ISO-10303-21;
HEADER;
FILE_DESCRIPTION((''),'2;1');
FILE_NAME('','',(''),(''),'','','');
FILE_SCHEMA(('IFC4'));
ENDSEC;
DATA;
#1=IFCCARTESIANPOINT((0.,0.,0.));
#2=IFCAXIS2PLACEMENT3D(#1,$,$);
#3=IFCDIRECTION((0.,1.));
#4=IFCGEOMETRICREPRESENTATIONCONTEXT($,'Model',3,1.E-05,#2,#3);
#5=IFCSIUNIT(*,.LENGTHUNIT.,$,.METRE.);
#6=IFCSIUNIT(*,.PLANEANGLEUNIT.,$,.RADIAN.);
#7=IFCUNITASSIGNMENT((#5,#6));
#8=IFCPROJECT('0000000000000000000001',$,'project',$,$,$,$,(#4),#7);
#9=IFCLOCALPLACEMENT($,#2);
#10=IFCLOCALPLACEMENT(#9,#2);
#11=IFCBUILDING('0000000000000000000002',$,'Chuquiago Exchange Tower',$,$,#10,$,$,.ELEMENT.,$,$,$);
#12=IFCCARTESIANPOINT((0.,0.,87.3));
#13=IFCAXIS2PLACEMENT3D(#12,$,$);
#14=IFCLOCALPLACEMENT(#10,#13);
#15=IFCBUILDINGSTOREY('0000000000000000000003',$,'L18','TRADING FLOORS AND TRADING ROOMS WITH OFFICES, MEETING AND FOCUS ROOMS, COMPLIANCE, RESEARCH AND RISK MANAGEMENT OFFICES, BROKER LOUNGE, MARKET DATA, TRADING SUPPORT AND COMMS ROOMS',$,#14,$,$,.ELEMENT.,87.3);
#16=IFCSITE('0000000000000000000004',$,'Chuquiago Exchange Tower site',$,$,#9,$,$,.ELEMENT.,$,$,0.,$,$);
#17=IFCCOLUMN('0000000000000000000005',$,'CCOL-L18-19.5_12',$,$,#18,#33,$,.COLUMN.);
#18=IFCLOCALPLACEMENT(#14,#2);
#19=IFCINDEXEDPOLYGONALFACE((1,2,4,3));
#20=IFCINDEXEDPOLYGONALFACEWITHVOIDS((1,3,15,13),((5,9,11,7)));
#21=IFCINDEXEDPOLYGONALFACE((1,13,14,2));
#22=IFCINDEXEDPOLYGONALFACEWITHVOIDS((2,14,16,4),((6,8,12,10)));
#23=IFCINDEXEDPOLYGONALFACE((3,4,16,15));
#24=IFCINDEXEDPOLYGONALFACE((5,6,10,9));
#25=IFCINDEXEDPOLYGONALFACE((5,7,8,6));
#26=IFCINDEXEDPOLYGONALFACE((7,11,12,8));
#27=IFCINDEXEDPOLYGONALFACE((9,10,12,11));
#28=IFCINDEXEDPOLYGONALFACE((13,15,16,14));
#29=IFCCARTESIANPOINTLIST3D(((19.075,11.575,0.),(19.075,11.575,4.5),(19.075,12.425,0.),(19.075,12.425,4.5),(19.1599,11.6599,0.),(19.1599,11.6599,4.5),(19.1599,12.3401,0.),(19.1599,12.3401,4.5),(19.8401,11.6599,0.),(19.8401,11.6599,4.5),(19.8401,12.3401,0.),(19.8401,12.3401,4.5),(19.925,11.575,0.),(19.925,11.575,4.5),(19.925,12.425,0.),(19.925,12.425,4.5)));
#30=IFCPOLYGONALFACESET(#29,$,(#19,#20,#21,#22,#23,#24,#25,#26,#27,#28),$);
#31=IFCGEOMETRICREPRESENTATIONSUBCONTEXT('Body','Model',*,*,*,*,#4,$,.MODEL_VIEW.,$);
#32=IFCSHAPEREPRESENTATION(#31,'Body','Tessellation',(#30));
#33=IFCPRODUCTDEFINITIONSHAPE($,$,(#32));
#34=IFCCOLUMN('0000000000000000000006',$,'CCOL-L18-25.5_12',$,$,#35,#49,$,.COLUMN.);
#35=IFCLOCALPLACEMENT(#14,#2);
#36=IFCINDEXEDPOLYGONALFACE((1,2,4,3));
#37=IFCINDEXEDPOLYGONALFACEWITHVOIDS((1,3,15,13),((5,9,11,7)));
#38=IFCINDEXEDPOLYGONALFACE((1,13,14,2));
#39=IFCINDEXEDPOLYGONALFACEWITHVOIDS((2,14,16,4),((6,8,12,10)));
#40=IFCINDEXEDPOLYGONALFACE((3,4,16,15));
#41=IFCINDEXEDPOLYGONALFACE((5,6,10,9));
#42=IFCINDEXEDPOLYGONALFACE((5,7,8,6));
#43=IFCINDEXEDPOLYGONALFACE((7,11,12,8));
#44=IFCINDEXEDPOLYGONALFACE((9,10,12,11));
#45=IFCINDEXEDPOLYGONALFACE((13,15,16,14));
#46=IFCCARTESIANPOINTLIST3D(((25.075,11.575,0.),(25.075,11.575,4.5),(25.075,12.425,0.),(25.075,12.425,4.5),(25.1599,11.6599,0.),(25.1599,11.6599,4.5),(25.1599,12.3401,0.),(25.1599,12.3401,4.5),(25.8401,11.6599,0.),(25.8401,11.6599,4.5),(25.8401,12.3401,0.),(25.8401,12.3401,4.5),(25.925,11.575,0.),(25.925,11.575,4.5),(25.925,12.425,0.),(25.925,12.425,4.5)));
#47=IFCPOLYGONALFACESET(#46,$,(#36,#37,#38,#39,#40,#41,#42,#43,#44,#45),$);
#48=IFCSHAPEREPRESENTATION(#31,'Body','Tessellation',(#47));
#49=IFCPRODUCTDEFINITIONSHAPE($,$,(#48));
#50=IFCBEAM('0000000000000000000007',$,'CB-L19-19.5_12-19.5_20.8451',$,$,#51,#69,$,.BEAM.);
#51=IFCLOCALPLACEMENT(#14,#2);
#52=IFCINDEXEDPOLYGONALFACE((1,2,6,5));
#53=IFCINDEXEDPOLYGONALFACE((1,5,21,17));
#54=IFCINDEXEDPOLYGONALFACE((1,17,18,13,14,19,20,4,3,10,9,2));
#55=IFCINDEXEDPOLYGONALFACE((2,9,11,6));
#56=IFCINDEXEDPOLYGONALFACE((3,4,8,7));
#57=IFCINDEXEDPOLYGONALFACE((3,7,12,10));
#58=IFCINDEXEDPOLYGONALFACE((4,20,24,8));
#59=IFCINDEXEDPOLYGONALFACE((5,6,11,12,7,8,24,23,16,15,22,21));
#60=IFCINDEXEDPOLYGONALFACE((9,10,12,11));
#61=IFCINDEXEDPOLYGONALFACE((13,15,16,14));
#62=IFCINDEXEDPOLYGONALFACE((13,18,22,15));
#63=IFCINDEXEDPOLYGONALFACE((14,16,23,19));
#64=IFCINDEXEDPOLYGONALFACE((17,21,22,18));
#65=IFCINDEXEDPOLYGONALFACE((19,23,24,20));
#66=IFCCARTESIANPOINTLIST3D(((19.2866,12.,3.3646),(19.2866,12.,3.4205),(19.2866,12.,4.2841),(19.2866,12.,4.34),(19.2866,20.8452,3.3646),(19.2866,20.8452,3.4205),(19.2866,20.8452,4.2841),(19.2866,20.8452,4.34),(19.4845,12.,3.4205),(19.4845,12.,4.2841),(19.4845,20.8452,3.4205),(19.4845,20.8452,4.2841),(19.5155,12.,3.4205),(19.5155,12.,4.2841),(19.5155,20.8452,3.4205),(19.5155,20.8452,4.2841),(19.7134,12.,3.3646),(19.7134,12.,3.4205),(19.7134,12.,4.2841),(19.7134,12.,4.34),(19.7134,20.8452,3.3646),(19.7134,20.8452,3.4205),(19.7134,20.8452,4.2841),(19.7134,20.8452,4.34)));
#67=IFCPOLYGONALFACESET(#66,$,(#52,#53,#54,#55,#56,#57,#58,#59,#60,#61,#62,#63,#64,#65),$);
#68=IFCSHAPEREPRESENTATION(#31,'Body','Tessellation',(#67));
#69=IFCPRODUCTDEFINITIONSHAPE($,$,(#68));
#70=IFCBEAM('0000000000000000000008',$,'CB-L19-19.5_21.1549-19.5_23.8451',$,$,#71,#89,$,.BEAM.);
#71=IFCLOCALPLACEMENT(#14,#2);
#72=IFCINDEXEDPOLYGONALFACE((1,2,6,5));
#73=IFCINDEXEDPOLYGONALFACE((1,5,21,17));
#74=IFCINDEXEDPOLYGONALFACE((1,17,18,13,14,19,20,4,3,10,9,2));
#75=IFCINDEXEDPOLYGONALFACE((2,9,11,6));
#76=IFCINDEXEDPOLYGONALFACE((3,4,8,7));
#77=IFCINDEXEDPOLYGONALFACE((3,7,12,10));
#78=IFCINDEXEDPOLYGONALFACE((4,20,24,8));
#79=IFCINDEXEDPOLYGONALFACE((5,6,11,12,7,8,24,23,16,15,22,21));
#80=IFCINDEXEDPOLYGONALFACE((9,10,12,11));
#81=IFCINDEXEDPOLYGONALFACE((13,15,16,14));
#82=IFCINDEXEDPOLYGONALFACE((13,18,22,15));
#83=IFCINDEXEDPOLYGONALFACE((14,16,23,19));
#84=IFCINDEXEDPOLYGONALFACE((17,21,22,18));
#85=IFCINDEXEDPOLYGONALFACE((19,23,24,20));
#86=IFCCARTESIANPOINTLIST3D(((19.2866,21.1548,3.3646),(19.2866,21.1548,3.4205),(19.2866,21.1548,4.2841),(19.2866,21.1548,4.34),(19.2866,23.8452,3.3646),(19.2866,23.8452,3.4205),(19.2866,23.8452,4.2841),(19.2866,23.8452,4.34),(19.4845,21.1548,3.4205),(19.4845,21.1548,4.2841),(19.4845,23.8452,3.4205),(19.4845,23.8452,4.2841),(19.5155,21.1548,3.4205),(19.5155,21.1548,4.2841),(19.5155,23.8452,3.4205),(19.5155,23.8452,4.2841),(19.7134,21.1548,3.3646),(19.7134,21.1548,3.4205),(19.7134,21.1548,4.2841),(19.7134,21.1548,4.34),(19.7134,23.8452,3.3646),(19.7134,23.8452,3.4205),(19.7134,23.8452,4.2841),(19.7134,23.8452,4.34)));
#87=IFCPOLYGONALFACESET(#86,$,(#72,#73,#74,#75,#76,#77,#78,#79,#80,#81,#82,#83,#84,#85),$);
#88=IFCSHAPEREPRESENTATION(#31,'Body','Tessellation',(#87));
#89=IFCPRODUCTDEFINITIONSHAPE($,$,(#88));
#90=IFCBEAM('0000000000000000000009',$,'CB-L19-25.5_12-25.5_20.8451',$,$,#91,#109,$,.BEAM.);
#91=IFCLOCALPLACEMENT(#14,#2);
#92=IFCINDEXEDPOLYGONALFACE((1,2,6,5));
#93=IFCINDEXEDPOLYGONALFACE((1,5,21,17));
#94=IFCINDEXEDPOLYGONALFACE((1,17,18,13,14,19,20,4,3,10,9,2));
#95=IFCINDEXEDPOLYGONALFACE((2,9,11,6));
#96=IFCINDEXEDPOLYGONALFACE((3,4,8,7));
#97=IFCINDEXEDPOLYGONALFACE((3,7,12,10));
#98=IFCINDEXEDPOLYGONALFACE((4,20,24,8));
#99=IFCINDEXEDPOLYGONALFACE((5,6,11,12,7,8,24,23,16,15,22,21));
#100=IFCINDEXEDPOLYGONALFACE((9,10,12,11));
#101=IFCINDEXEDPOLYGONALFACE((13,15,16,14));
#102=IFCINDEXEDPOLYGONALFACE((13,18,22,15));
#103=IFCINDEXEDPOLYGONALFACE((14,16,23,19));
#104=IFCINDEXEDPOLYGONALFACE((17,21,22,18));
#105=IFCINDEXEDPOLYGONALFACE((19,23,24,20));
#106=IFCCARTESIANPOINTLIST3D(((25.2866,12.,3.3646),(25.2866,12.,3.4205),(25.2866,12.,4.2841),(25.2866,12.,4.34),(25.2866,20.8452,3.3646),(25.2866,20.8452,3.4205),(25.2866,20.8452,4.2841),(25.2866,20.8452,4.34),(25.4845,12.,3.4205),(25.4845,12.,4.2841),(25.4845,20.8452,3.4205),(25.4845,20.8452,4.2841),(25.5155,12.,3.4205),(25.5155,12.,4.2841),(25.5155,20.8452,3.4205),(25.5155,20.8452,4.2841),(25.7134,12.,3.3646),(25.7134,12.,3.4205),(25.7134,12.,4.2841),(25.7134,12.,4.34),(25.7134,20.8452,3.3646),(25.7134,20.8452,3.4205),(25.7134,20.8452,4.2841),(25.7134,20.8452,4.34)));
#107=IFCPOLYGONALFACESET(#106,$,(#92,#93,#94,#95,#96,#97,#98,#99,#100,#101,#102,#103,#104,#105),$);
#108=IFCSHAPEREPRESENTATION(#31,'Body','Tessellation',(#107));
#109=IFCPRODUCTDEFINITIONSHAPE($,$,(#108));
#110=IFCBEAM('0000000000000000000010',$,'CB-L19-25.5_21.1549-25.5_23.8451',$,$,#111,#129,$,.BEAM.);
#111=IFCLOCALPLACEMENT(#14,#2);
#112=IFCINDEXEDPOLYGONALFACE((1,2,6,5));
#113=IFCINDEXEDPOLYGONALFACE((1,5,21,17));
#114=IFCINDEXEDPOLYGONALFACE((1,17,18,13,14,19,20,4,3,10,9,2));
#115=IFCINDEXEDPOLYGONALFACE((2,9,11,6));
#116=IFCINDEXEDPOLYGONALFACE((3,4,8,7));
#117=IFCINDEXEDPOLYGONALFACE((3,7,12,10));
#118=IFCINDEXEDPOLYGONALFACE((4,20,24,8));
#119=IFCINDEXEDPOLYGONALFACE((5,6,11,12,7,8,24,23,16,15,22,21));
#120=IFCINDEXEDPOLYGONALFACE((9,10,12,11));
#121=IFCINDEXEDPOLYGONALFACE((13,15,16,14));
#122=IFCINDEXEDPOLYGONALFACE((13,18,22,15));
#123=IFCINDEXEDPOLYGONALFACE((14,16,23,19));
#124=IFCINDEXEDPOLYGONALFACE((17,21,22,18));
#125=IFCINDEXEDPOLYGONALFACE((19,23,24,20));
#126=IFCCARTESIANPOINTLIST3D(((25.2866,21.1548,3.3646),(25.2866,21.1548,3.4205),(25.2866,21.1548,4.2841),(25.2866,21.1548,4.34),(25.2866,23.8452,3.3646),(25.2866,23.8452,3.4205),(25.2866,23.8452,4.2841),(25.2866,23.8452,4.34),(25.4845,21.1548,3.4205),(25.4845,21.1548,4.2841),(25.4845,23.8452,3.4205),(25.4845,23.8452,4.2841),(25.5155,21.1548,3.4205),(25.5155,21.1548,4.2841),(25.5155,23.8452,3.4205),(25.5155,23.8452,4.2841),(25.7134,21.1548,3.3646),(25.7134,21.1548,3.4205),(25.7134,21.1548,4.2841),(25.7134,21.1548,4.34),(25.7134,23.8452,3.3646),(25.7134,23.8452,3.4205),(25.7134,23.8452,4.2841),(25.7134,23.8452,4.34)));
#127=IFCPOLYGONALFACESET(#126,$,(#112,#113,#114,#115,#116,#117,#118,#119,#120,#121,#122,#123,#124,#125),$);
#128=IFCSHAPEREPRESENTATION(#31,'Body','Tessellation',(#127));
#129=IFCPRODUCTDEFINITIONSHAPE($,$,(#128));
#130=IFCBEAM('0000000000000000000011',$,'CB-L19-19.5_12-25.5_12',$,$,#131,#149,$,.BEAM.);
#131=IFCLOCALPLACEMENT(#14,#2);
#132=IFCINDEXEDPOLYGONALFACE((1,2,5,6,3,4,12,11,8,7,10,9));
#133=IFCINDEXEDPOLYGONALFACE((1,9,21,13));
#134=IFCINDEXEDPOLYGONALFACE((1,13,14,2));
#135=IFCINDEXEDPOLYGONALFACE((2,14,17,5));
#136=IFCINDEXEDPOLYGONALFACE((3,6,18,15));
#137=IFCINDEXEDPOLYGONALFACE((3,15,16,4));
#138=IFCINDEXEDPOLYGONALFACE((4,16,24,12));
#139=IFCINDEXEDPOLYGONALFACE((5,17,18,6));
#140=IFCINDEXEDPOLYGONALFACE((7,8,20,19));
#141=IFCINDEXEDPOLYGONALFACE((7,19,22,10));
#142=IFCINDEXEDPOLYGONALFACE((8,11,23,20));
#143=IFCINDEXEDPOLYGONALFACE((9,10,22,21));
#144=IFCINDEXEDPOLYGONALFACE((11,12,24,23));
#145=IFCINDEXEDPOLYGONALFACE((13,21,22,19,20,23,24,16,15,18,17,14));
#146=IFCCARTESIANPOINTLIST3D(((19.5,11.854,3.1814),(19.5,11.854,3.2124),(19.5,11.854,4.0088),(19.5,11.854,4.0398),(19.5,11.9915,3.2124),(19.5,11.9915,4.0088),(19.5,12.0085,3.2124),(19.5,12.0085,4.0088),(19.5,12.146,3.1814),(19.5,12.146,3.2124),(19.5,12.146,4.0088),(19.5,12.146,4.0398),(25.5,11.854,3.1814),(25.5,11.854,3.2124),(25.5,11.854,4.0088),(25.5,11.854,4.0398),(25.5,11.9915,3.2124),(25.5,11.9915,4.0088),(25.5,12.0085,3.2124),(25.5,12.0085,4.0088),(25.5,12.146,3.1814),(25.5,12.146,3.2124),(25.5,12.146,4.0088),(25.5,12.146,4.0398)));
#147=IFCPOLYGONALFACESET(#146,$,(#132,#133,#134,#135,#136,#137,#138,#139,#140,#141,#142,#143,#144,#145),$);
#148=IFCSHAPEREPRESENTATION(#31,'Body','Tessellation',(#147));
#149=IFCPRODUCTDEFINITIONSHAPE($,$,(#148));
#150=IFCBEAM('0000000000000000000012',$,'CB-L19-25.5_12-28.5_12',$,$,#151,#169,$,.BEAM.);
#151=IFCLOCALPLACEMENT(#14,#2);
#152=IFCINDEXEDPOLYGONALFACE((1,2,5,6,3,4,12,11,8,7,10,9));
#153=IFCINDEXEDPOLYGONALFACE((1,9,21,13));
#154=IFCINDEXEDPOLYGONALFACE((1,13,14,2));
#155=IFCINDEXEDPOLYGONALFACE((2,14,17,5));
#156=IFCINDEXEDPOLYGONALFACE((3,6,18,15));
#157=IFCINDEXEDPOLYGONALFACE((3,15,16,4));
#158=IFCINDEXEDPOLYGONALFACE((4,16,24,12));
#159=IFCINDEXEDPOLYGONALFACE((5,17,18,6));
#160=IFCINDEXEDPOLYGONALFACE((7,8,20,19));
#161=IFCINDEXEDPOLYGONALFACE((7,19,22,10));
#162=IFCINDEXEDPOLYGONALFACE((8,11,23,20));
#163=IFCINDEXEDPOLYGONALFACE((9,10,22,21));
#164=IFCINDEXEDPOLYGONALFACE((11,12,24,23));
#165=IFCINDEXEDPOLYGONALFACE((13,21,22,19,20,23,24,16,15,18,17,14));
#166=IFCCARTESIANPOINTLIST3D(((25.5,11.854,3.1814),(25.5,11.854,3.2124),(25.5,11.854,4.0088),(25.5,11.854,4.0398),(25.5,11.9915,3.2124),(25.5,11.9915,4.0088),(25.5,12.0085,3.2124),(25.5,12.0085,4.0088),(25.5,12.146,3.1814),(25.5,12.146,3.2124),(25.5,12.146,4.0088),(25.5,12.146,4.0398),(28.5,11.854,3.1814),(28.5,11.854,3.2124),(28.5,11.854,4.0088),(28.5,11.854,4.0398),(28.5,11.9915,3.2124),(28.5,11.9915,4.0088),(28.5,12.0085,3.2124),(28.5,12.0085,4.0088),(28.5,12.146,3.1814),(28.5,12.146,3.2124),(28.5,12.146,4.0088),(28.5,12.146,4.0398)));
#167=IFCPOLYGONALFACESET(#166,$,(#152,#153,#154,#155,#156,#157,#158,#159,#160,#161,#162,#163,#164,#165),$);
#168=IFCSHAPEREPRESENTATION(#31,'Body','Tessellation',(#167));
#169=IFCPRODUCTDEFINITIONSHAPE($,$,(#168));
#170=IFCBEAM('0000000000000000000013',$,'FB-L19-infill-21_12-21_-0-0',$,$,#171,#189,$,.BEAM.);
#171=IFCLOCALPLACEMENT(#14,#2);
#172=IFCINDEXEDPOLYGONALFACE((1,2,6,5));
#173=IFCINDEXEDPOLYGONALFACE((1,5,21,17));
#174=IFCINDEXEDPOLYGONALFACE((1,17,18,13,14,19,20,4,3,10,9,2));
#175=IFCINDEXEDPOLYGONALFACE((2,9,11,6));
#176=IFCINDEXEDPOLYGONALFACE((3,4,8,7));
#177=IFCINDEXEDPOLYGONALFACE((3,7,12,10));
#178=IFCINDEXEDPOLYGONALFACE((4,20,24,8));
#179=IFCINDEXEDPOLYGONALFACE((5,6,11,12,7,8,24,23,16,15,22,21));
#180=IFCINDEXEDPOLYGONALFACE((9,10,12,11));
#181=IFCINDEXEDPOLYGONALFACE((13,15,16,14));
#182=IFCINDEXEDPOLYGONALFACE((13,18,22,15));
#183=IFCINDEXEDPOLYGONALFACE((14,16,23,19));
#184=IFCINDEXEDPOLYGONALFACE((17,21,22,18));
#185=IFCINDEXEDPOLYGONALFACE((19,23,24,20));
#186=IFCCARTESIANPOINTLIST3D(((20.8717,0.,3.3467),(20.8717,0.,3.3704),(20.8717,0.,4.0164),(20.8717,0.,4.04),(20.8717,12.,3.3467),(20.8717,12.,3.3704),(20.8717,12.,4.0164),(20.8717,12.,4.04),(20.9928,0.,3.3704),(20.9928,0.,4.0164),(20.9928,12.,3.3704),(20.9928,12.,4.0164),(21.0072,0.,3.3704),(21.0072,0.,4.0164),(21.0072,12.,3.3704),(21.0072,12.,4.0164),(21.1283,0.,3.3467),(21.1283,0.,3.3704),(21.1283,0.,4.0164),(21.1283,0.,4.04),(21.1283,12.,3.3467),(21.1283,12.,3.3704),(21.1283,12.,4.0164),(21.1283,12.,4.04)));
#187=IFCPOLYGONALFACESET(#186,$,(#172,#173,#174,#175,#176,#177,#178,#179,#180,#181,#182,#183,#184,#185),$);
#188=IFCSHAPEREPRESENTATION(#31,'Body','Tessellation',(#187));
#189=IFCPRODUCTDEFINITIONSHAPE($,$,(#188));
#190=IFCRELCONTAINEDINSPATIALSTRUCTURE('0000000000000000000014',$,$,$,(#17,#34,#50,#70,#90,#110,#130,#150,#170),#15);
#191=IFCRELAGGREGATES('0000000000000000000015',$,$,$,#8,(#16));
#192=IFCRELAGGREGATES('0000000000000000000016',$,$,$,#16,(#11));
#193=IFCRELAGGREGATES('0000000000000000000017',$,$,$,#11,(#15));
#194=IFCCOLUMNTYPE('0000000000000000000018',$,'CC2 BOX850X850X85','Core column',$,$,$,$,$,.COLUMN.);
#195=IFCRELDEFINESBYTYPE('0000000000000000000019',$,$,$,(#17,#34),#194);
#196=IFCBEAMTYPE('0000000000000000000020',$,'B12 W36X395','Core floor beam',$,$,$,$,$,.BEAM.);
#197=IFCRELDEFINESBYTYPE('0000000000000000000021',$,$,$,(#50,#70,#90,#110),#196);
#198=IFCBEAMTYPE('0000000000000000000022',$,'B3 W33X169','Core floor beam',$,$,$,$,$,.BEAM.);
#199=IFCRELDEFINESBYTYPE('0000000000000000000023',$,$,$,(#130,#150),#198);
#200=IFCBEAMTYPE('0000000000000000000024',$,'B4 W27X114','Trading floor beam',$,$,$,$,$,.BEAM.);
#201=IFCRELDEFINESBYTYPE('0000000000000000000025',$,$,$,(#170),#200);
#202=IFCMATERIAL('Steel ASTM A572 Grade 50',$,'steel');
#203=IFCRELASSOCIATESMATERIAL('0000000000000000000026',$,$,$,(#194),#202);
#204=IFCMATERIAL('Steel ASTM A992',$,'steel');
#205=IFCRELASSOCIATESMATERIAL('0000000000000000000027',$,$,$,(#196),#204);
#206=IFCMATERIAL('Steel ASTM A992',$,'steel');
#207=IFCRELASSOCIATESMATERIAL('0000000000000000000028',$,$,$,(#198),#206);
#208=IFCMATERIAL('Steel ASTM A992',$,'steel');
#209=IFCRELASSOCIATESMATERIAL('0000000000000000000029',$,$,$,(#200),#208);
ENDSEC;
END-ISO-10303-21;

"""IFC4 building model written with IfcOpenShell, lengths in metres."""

from ifc_helpers import new_model, si_unit, direction, frame, origin, origin_2d, place, context, subcontext, project, spatial, hollow_rectangle, i_section, extrude, material, material_profile, profile_set, type_object, element, save


model = new_model("IFC4")

# Units and contexts
model_context = context("Model", 3, precision=1e-05, world=origin(), true_north=direction((0.0, 1.0)))
body_context = subcontext(model_context, "Body", "Model", "MODEL_VIEW")
ifc_project = project(units=[si_unit("LENGTHUNIT", "METRE"), si_unit("PLANEANGLEUNIT", "RADIAN")], contexts=[model_context])

# Site, building, storey
site_placement = place(None, origin())
site = spatial("IfcSite", under=ifc_project, at=site_placement, Name="Chuquiago Exchange Tower site", CompositionType="ELEMENT", RefElevation=0.0)
building_placement = place(site_placement, origin())
building = spatial("IfcBuilding", under=site, at=building_placement, Name="Chuquiago Exchange Tower", CompositionType="ELEMENT")
storey_placement = place(building_placement, frame((0.0, 0.0, 87.3)))
storey = spatial("IfcBuildingStorey", under=building, at=storey_placement, Name="L18", Description="TRADING FLOORS AND TRADING ROOMS WITH OFFICES, MEETING AND FOCUS ROOMS, COMPLIANCE, RESEARCH AND RISK MANAGEMENT OFFICES, BROKER LOUNGE, MARKET DATA, TRADING SUPPORT AND COMMS ROOMS", CompositionType="ELEMENT", Elevation=87.3)

# Columns
ifc_material_1 = material(Name="Steel ASTM A572 Grade 50", Category="steel")
ifc_material_profile_1 = material_profile(ifc_material_1, hollow_rectangle(XDim=0.8501, YDim=0.8501, WallThickness=0.085, at=origin_2d()), Name="BOX850X850X85")
ifc_profile_set_1 = profile_set([ifc_material_profile_1], Name="Steel ASTM A572 Grade 50")
column_type = type_object("IfcColumnType", Name="CC2 BOX850X850X85", Description="Core column", PredefinedType="COLUMN", material=ifc_profile_set_1)
for number, where, z_axis, x_axis, name in (
    (1, (19.5, 12.0, 0.0), (0.0, 0.0, 1.0), (1.0, 0.0, 0.0), "CCOL-L18-19.5_12"),
    (2, (25.5, 12.0, 0.0), (0.0, 0.0, 1.0), (1.0, 0.0, 0.0), "CCOL-L18-25.5_12"),
):
    element("IfcColumn", number, at=place(storey_placement, frame(where, z_axis=z_axis, x_axis=x_axis)), inside=storey, type_object=column_type, Name=name, PredefinedType="COLUMN", context=body_context, shape_type="SweptSolid", body=[
        extrude(hollow_rectangle(XDim=0.8501, YDim=0.8501, WallThickness=0.085, at=origin_2d()), origin(), (0.0, 0.0, 1.0), 4.5),
    ])

# Beams
ifc_material_2 = material(Name="Steel ASTM A992", Category="steel")
ifc_material_profile_2 = material_profile(ifc_material_2, i_section(OverallWidth=0.4268, OverallDepth=0.9753, WebThickness=0.031, FlangeThickness=0.0559, at=origin_2d()), Name="W36X395")
ifc_profile_set_2 = profile_set([ifc_material_profile_2], Name="Steel ASTM A992")
beam_type_1 = type_object("IfcBeamType", Name="B12 W36X395", Description="Core floor beam", PredefinedType="BEAM", material=ifc_profile_set_2)
beam_1_placement = place(storey_placement, frame((19.5, 12.0, 3.8523), z_axis=(0.0, 1.0, 0.0), x_axis=(-1.0, 0.0, 0.0)))
element("IfcBeam", 3, at=beam_1_placement, inside=storey, type_object=beam_type_1, Name="CB-L19-19.5_12-19.5_20.8451", PredefinedType="BEAM", context=body_context, shape_type="SweptSolid", body=[
    extrude(i_section(OverallWidth=0.4268, OverallDepth=0.9753, WebThickness=0.031, FlangeThickness=0.0559, at=origin_2d()), origin(), (0.0, 0.0, 1.0), 8.8452),
])
beam_2_placement = place(storey_placement, frame((19.5, 21.1548, 3.8523), z_axis=(0.0, 1.0, 0.0), x_axis=(-1.0, 0.0, 0.0)))
element("IfcBeam", 4, at=beam_2_placement, inside=storey, type_object=beam_type_1, Name="CB-L19-19.5_21.1549-19.5_23.8451", PredefinedType="BEAM", context=body_context, shape_type="SweptSolid", body=[
    extrude(i_section(OverallWidth=0.4268, OverallDepth=0.9753, WebThickness=0.031, FlangeThickness=0.0559, at=origin_2d()), origin(), (0.0, 0.0, 1.0), 2.6904),
])
beam_3_placement = place(storey_placement, frame((25.5, 12.0, 3.8523), z_axis=(0.0, 1.0, 0.0), x_axis=(-1.0, 0.0, 0.0)))
element("IfcBeam", 5, at=beam_3_placement, inside=storey, type_object=beam_type_1, Name="CB-L19-25.5_12-25.5_20.8451", PredefinedType="BEAM", context=body_context, shape_type="SweptSolid", body=[
    extrude(i_section(OverallWidth=0.4268, OverallDepth=0.9753, WebThickness=0.031, FlangeThickness=0.0559, at=origin_2d()), origin(), (0.0, 0.0, 1.0), 8.8452),
])
beam_4_placement = place(storey_placement, frame((25.5, 21.1548, 3.8523), z_axis=(0.0, 1.0, 0.0), x_axis=(-1.0, 0.0, 0.0)))
element("IfcBeam", 6, at=beam_4_placement, inside=storey, type_object=beam_type_1, Name="CB-L19-25.5_21.1549-25.5_23.8451", PredefinedType="BEAM", context=body_context, shape_type="SweptSolid", body=[
    extrude(i_section(OverallWidth=0.4268, OverallDepth=0.9753, WebThickness=0.031, FlangeThickness=0.0559, at=origin_2d()), origin(), (0.0, 0.0, 1.0), 2.6904),
])
ifc_material_3 = material(Name="Steel ASTM A992", Category="steel")
ifc_material_profile_3 = material_profile(ifc_material_3, i_section(OverallWidth=0.292, OverallDepth=0.8584, WebThickness=0.0171, FlangeThickness=0.031, at=origin_2d()), Name="W33X169")
ifc_profile_set_3 = profile_set([ifc_material_profile_3], Name="Steel ASTM A992")
beam_type_2 = type_object("IfcBeamType", Name="B3 W33X169", Description="Core floor beam", PredefinedType="BEAM", material=ifc_profile_set_3)
beam_5_placement = place(storey_placement, frame((19.5, 12.0, 3.6106), z_axis=(1.0, 0.0, 0.0), x_axis=(0.0, 1.0, 0.0)))
element("IfcBeam", 7, at=beam_5_placement, inside=storey, type_object=beam_type_2, Name="CB-L19-19.5_12-25.5_12", PredefinedType="BEAM", context=body_context, shape_type="SweptSolid", body=[
    extrude(i_section(OverallWidth=0.292, OverallDepth=0.8584, WebThickness=0.0171, FlangeThickness=0.031, at=origin_2d()), origin(), (0.0, 0.0, 1.0), 6.0),
])
beam_6_placement = place(storey_placement, frame((25.5, 12.0, 3.6106), z_axis=(1.0, 0.0, 0.0), x_axis=(0.0, 1.0, 0.0)))
element("IfcBeam", 8, at=beam_6_placement, inside=storey, type_object=beam_type_2, Name="CB-L19-25.5_12-28.5_12", PredefinedType="BEAM", context=body_context, shape_type="SweptSolid", body=[
    extrude(i_section(OverallWidth=0.292, OverallDepth=0.8584, WebThickness=0.0171, FlangeThickness=0.031, at=origin_2d()), origin(), (0.0, 0.0, 1.0), 3.0),
])
ifc_material_4 = material(Name="Steel ASTM A992", Category="steel")
ifc_material_profile_4 = material_profile(ifc_material_4, i_section(OverallWidth=0.2566, OverallDepth=0.6934, WebThickness=0.0144, FlangeThickness=0.0237, at=origin_2d()), Name="W27X114")
ifc_profile_set_4 = profile_set([ifc_material_profile_4], Name="Steel ASTM A992")
beam_type_3 = type_object("IfcBeamType", Name="B4 W27X114", Description="Trading floor beam", PredefinedType="BEAM", material=ifc_profile_set_4)
for number, where, z_axis, x_axis, name in (
    (9, (21.0, 12.0, 3.6934), (0.0, -1.0, 0.0), (1.0, 0.0, 0.0), "FB-L19-infill-21_12-21_-0-0"),
):
    element("IfcBeam", number, at=place(storey_placement, frame(where, z_axis=z_axis, x_axis=x_axis)), inside=storey, type_object=beam_type_3, Name=name, PredefinedType="BEAM", context=body_context, shape_type="SweptSolid", body=[
        extrude(i_section(OverallWidth=0.2566, OverallDepth=0.6934, WebThickness=0.0144, FlangeThickness=0.0237, at=origin_2d()), origin(), (0.0, 0.0, 1.0), 12.0),
    ])

save(model, "model.ifc")
